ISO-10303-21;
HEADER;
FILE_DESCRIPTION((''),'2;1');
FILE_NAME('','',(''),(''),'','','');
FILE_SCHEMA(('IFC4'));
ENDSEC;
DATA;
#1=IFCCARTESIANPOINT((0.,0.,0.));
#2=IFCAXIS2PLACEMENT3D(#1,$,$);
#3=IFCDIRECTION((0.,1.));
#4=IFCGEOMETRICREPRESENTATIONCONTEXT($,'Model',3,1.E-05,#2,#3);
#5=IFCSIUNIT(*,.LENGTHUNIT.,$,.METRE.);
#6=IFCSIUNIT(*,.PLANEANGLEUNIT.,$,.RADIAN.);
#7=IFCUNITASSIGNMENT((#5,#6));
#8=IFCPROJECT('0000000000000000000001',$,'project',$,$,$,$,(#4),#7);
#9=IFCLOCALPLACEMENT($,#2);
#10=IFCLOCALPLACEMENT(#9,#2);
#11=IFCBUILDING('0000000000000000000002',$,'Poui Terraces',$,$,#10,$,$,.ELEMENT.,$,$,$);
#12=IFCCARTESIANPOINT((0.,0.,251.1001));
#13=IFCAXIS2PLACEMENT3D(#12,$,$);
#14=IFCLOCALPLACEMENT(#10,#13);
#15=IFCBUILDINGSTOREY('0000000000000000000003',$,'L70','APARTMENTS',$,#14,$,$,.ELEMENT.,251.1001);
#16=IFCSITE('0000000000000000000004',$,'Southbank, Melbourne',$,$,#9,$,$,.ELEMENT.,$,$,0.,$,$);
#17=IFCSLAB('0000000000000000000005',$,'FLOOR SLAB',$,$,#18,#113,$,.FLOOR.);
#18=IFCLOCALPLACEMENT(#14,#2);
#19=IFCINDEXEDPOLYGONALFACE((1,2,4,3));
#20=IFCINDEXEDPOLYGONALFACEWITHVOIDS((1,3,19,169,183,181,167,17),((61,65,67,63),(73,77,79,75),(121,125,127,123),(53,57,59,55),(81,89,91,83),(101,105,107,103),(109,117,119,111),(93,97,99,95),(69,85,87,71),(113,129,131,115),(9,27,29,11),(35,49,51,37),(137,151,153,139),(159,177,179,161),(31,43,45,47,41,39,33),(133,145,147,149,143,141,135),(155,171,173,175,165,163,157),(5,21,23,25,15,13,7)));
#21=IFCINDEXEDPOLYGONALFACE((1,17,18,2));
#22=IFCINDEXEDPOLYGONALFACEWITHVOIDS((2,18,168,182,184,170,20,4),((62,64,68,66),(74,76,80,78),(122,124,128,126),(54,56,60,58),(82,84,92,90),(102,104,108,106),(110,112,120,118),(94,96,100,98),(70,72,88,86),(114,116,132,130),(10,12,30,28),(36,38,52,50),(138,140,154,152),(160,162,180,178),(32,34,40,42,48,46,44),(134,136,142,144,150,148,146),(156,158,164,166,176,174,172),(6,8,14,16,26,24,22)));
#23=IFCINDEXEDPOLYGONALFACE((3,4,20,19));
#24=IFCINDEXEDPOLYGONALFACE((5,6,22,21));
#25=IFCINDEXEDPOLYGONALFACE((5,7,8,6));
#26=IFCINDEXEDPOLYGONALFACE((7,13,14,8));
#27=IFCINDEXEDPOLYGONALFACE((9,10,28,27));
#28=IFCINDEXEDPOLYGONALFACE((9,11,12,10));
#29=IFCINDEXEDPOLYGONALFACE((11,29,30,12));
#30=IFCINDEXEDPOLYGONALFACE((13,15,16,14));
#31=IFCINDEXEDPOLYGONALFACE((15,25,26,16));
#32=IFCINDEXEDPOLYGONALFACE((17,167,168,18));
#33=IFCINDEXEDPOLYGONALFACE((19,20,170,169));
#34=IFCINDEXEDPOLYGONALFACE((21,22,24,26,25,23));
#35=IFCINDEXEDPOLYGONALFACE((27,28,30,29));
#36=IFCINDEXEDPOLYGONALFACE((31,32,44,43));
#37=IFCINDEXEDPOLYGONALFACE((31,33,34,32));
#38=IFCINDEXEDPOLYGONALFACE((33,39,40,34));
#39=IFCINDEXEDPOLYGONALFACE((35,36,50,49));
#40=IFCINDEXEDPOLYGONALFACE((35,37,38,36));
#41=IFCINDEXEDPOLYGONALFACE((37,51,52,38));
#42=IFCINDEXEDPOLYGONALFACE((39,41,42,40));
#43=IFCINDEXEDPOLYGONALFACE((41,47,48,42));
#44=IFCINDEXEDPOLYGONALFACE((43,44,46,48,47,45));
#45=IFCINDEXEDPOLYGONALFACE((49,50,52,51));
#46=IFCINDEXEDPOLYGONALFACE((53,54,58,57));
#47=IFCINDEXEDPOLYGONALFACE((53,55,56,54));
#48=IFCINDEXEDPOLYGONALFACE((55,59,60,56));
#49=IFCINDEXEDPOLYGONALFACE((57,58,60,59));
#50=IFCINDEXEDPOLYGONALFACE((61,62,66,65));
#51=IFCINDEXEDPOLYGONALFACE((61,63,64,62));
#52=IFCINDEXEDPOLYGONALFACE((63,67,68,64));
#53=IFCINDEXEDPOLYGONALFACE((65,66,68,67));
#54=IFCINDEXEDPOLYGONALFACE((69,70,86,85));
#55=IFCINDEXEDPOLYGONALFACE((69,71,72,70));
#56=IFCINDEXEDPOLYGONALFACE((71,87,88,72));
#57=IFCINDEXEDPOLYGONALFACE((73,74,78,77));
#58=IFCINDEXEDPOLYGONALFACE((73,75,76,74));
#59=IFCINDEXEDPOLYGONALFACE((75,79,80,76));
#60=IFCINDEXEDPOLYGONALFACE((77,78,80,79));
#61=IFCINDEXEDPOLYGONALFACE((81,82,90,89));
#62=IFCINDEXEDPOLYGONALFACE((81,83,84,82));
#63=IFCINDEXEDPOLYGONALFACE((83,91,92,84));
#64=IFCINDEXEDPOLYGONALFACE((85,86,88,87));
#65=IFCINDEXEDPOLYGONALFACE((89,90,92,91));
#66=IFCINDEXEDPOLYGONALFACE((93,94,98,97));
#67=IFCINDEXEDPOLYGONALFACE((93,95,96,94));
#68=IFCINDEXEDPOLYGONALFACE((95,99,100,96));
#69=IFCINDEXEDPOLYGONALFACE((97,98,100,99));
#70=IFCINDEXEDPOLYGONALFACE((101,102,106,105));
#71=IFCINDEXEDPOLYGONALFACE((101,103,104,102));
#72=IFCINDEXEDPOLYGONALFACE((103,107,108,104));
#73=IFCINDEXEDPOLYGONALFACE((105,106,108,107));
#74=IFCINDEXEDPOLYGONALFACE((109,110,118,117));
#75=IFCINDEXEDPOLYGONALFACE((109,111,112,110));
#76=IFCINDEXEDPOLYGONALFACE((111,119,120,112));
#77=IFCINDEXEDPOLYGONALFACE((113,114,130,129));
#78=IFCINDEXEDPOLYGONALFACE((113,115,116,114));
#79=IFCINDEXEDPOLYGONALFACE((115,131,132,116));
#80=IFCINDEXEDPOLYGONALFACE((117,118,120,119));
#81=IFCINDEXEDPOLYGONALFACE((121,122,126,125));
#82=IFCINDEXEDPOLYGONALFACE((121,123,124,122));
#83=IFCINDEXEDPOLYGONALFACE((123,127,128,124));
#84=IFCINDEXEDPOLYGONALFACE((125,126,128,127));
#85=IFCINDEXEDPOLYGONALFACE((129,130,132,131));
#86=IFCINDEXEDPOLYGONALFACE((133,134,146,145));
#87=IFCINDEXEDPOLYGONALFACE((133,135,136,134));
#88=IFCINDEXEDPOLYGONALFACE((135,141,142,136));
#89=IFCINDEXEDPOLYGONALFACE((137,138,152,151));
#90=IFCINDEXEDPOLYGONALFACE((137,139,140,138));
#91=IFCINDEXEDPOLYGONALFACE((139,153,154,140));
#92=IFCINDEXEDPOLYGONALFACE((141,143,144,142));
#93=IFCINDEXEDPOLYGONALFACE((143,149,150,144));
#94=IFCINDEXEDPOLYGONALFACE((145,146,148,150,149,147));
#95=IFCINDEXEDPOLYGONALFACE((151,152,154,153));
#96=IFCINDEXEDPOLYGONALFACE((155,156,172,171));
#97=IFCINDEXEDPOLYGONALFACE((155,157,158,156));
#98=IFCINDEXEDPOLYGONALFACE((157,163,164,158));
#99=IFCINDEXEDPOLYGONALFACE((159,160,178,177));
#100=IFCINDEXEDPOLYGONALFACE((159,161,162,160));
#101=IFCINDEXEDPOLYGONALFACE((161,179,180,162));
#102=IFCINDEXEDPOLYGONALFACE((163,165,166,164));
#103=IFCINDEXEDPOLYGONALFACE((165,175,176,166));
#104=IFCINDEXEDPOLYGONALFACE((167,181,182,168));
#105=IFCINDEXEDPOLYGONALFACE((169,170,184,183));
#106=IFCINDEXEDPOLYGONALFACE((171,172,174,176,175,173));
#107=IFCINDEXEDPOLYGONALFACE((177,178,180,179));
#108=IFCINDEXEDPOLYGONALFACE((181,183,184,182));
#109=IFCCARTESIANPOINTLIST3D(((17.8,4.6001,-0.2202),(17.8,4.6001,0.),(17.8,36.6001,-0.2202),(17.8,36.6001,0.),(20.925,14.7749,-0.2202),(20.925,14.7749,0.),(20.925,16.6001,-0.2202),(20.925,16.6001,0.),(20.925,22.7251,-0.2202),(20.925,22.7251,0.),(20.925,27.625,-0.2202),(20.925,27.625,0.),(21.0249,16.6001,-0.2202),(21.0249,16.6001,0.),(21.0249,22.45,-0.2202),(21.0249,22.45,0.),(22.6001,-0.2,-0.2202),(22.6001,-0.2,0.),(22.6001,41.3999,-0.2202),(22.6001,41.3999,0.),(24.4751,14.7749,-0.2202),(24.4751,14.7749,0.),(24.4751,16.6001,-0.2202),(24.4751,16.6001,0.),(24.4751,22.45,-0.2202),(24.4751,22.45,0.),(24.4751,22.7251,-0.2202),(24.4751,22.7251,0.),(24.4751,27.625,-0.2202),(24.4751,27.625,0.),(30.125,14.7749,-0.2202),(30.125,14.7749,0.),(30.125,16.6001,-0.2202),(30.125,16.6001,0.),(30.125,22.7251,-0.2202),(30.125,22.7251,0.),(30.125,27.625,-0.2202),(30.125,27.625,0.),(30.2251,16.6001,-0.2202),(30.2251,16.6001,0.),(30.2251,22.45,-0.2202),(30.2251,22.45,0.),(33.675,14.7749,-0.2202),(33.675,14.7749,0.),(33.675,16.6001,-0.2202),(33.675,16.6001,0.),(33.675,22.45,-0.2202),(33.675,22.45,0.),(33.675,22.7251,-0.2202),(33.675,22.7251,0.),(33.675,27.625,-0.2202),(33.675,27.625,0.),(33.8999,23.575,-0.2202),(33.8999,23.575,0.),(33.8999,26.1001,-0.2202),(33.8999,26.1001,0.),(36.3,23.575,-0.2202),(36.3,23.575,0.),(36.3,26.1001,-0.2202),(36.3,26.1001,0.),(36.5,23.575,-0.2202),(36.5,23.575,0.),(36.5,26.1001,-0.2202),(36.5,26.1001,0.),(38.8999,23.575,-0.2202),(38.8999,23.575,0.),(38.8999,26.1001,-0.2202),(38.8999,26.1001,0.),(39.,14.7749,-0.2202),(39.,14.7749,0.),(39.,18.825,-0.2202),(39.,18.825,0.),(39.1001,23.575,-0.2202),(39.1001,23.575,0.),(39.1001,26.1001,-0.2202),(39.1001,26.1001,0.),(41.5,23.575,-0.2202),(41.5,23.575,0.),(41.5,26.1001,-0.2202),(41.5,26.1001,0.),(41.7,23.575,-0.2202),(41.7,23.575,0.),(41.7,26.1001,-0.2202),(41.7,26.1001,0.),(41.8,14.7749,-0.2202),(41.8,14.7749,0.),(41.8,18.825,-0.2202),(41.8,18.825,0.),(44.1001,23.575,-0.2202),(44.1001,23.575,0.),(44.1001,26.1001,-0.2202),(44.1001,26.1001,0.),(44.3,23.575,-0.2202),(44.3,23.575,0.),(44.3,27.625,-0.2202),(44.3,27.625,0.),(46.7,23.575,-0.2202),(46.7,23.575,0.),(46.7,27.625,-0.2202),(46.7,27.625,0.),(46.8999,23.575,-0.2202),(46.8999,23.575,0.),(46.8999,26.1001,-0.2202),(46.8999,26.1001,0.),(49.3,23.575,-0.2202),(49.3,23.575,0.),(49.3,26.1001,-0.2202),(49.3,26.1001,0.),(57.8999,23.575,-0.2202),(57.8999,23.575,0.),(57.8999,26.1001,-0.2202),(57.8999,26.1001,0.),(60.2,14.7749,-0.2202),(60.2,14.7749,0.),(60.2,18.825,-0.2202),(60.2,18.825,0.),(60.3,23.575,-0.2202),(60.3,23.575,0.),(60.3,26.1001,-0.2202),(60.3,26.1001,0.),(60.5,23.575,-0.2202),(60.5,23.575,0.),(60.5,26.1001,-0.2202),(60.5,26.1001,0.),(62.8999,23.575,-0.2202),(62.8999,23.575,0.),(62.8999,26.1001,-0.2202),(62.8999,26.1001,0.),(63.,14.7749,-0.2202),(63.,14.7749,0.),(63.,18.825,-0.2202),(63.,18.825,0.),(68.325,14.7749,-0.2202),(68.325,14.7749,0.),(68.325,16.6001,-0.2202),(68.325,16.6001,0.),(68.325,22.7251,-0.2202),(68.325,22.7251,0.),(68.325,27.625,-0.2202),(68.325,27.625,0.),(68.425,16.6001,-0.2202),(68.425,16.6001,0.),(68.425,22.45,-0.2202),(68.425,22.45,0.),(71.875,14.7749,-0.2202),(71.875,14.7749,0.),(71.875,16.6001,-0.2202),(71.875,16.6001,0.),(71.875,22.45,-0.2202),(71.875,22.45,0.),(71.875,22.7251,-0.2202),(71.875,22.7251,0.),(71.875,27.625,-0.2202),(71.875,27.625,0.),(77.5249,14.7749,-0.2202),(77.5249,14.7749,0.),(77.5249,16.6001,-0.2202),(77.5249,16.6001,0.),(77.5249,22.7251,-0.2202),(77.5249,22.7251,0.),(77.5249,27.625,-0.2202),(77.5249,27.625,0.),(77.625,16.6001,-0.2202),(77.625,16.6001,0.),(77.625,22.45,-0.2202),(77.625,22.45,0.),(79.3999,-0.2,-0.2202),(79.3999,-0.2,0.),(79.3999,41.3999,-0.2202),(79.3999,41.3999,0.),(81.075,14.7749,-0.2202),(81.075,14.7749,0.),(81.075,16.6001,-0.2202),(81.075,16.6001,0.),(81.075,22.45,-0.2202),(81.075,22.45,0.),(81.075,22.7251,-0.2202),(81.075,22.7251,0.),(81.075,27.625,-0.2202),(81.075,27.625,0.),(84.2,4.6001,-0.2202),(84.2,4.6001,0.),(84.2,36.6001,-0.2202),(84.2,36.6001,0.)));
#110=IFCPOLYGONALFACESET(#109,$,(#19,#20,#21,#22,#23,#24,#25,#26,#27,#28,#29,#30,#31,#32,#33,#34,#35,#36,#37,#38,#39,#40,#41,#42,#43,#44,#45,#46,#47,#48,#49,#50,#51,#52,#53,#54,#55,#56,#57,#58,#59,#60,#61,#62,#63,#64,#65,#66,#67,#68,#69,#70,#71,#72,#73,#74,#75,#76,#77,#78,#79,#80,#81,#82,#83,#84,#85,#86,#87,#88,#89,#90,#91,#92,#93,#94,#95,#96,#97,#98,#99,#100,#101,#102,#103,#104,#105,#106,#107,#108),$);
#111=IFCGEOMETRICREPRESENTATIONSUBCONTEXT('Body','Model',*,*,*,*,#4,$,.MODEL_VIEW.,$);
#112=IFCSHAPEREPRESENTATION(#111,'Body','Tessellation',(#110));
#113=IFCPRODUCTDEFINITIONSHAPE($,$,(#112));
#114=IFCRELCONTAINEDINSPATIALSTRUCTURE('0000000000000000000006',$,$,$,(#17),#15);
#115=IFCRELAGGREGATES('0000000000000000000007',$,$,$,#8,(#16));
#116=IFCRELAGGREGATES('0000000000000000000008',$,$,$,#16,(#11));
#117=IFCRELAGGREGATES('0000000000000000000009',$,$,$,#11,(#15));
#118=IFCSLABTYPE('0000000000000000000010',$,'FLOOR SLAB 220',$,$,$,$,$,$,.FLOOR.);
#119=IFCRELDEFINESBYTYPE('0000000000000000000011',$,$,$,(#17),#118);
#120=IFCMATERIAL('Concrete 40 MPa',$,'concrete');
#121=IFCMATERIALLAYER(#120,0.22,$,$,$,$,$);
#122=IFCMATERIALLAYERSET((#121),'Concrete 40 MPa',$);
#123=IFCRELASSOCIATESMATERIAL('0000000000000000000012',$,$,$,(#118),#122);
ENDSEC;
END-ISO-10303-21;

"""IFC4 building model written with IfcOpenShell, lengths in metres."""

from ifc_helpers import new_model, si_unit, direction, frame, origin, place, context, subcontext, project, spatial, polyline, outline, extrude, source, transform, mapped, material, layer, layer_set, type_object, element, save


model = new_model("IFC4")

# Units and contexts
model_context = context("Model", 3, precision=1e-05, world=origin(), true_north=direction((0.0, 1.0)))
body_context = subcontext(model_context, "Body", "Model", "MODEL_VIEW")
ifc_project = project(units=[si_unit("LENGTHUNIT", "METRE"), si_unit("PLANEANGLEUNIT", "RADIAN")], contexts=[model_context])

# Site, building, storey
site_placement = place(None, origin())
site = spatial("IfcSite", under=ifc_project, at=site_placement, Name="Southbank, Melbourne", CompositionType="ELEMENT", RefElevation=0.0)
building_placement = place(site_placement, origin())
building = spatial("IfcBuilding", under=site, at=building_placement, Name="Poui Terraces", CompositionType="ELEMENT")
storey_placement = place(building_placement, frame((0.0, 0.0, 251.1001)))
storey = spatial("IfcBuildingStorey", under=building, at=storey_placement, Name="L70", Description="APARTMENTS", CompositionType="ELEMENT", Elevation=251.1001)

# Slab
ifc_material = material(Name="Concrete 40 MPa", Category="concrete")
ifc_layer = layer(ifc_material, 0.22)
ifc_layer_set = layer_set([ifc_layer], Name="Concrete 40 MPa")
slab_type = type_object("IfcSlabType", Name="FLOOR SLAB 220", PredefinedType="FLOOR", material=ifc_layer_set)
shared_shape = source(origin(), body_context, "Body", "SweptSolid", [
    extrude(outline(polyline([(0.0, 0.0), (4.8, -4.8), (61.5999, -4.8), (66.3999, 0.0), (66.3999, 32.0), (61.5999, 36.7998), (4.8, 36.7998), (0.0, 32.0), (0.0, 0.0)]), holes=[polyline([(21.2, 10.1748), (21.2, 14.2249), (24.0, 14.2249), (24.0, 10.1748), (21.2, 10.1748)]), polyline([(3.2249, 17.8499), (6.675, 17.8499), (6.675, 12.0), (6.675, 10.1748), (3.125, 10.1748), (3.125, 12.0), (3.2249, 12.0), (3.2249, 17.8499)]), polyline([(12.425, 17.8499), (15.875, 17.8499), (15.875, 12.0), (15.875, 10.1748), (12.325, 10.1748), (12.325, 12.0), (12.425, 12.0), (12.425, 17.8499)]), polyline([(16.0999, 18.9749), (16.0999, 21.5), (18.5, 21.5), (18.5, 18.9749), (16.0999, 18.9749)]), polyline([(18.7, 18.9749), (18.7, 21.5), (21.0999, 21.5), (21.0999, 18.9749), (18.7, 18.9749)]), polyline([(21.3, 18.9749), (21.3, 21.5), (23.7, 21.5), (23.7, 18.9749), (21.3, 18.9749)]), polyline([(23.8999, 18.9749), (23.8999, 21.5), (26.3, 21.5), (26.3, 18.9749), (23.8999, 18.9749)]), polyline([(3.125, 23.0249), (6.675, 23.0249), (6.675, 18.125), (3.125, 18.125), (3.125, 23.0249)]), polyline([(12.325, 23.0249), (15.875, 23.0249), (15.875, 18.125), (12.325, 18.125), (12.325, 23.0249)]), polyline([(42.3999, 10.1748), (42.3999, 14.2249), (45.2, 14.2249), (45.2, 10.1748), (42.3999, 10.1748)]), polyline([(50.625, 17.8499), (54.075, 17.8499), (54.075, 12.0), (54.075, 10.1748), (50.5249, 10.1748), (50.5249, 12.0), (50.625, 12.0), (50.625, 17.8499)]), polyline([(59.825, 17.8499), (63.2749, 17.8499), (63.2749, 12.0), (63.2749, 10.1748), (59.7249, 10.1748), (59.7249, 12.0), (59.825, 12.0), (59.825, 17.8499)]), polyline([(29.0999, 18.9749), (29.0999, 21.5), (31.5, 21.5), (31.5, 18.9749), (29.0999, 18.9749)]), polyline([(40.0999, 18.9749), (40.0999, 21.5), (42.5, 21.5), (42.5, 18.9749), (40.0999, 18.9749)]), polyline([(42.7, 18.9749), (42.7, 21.5), (45.0999, 21.5), (45.0999, 18.9749), (42.7, 18.9749)]), polyline([(50.5249, 18.125), (50.5249, 23.0249), (54.075, 23.0249), (54.075, 18.125), (50.5249, 18.125)]), polyline([(59.7249, 23.0249), (63.2749, 23.0249), (63.2749, 18.125), (59.7249, 18.125), (59.7249, 23.0249)]), polyline([(26.5, 23.0249), (28.8999, 23.0249), (28.8999, 18.9749), (26.5, 18.9749), (26.5, 23.0249)])]), origin(), (0.0, 0.0, 1.0), 0.2202),
])
slab_placement = place(storey_placement, frame((17.8, 4.6001, -0.2202)))
element("IfcSlab", 1, at=slab_placement, inside=storey, type_object=slab_type, Name="FLOOR SLAB", PredefinedType="FLOOR", context=body_context, shape_type="MappedRepresentation", body=[
    mapped(shared_shape, transform((0.0, 0.0, 0.0))),
])

save(model, "model.ifc")
